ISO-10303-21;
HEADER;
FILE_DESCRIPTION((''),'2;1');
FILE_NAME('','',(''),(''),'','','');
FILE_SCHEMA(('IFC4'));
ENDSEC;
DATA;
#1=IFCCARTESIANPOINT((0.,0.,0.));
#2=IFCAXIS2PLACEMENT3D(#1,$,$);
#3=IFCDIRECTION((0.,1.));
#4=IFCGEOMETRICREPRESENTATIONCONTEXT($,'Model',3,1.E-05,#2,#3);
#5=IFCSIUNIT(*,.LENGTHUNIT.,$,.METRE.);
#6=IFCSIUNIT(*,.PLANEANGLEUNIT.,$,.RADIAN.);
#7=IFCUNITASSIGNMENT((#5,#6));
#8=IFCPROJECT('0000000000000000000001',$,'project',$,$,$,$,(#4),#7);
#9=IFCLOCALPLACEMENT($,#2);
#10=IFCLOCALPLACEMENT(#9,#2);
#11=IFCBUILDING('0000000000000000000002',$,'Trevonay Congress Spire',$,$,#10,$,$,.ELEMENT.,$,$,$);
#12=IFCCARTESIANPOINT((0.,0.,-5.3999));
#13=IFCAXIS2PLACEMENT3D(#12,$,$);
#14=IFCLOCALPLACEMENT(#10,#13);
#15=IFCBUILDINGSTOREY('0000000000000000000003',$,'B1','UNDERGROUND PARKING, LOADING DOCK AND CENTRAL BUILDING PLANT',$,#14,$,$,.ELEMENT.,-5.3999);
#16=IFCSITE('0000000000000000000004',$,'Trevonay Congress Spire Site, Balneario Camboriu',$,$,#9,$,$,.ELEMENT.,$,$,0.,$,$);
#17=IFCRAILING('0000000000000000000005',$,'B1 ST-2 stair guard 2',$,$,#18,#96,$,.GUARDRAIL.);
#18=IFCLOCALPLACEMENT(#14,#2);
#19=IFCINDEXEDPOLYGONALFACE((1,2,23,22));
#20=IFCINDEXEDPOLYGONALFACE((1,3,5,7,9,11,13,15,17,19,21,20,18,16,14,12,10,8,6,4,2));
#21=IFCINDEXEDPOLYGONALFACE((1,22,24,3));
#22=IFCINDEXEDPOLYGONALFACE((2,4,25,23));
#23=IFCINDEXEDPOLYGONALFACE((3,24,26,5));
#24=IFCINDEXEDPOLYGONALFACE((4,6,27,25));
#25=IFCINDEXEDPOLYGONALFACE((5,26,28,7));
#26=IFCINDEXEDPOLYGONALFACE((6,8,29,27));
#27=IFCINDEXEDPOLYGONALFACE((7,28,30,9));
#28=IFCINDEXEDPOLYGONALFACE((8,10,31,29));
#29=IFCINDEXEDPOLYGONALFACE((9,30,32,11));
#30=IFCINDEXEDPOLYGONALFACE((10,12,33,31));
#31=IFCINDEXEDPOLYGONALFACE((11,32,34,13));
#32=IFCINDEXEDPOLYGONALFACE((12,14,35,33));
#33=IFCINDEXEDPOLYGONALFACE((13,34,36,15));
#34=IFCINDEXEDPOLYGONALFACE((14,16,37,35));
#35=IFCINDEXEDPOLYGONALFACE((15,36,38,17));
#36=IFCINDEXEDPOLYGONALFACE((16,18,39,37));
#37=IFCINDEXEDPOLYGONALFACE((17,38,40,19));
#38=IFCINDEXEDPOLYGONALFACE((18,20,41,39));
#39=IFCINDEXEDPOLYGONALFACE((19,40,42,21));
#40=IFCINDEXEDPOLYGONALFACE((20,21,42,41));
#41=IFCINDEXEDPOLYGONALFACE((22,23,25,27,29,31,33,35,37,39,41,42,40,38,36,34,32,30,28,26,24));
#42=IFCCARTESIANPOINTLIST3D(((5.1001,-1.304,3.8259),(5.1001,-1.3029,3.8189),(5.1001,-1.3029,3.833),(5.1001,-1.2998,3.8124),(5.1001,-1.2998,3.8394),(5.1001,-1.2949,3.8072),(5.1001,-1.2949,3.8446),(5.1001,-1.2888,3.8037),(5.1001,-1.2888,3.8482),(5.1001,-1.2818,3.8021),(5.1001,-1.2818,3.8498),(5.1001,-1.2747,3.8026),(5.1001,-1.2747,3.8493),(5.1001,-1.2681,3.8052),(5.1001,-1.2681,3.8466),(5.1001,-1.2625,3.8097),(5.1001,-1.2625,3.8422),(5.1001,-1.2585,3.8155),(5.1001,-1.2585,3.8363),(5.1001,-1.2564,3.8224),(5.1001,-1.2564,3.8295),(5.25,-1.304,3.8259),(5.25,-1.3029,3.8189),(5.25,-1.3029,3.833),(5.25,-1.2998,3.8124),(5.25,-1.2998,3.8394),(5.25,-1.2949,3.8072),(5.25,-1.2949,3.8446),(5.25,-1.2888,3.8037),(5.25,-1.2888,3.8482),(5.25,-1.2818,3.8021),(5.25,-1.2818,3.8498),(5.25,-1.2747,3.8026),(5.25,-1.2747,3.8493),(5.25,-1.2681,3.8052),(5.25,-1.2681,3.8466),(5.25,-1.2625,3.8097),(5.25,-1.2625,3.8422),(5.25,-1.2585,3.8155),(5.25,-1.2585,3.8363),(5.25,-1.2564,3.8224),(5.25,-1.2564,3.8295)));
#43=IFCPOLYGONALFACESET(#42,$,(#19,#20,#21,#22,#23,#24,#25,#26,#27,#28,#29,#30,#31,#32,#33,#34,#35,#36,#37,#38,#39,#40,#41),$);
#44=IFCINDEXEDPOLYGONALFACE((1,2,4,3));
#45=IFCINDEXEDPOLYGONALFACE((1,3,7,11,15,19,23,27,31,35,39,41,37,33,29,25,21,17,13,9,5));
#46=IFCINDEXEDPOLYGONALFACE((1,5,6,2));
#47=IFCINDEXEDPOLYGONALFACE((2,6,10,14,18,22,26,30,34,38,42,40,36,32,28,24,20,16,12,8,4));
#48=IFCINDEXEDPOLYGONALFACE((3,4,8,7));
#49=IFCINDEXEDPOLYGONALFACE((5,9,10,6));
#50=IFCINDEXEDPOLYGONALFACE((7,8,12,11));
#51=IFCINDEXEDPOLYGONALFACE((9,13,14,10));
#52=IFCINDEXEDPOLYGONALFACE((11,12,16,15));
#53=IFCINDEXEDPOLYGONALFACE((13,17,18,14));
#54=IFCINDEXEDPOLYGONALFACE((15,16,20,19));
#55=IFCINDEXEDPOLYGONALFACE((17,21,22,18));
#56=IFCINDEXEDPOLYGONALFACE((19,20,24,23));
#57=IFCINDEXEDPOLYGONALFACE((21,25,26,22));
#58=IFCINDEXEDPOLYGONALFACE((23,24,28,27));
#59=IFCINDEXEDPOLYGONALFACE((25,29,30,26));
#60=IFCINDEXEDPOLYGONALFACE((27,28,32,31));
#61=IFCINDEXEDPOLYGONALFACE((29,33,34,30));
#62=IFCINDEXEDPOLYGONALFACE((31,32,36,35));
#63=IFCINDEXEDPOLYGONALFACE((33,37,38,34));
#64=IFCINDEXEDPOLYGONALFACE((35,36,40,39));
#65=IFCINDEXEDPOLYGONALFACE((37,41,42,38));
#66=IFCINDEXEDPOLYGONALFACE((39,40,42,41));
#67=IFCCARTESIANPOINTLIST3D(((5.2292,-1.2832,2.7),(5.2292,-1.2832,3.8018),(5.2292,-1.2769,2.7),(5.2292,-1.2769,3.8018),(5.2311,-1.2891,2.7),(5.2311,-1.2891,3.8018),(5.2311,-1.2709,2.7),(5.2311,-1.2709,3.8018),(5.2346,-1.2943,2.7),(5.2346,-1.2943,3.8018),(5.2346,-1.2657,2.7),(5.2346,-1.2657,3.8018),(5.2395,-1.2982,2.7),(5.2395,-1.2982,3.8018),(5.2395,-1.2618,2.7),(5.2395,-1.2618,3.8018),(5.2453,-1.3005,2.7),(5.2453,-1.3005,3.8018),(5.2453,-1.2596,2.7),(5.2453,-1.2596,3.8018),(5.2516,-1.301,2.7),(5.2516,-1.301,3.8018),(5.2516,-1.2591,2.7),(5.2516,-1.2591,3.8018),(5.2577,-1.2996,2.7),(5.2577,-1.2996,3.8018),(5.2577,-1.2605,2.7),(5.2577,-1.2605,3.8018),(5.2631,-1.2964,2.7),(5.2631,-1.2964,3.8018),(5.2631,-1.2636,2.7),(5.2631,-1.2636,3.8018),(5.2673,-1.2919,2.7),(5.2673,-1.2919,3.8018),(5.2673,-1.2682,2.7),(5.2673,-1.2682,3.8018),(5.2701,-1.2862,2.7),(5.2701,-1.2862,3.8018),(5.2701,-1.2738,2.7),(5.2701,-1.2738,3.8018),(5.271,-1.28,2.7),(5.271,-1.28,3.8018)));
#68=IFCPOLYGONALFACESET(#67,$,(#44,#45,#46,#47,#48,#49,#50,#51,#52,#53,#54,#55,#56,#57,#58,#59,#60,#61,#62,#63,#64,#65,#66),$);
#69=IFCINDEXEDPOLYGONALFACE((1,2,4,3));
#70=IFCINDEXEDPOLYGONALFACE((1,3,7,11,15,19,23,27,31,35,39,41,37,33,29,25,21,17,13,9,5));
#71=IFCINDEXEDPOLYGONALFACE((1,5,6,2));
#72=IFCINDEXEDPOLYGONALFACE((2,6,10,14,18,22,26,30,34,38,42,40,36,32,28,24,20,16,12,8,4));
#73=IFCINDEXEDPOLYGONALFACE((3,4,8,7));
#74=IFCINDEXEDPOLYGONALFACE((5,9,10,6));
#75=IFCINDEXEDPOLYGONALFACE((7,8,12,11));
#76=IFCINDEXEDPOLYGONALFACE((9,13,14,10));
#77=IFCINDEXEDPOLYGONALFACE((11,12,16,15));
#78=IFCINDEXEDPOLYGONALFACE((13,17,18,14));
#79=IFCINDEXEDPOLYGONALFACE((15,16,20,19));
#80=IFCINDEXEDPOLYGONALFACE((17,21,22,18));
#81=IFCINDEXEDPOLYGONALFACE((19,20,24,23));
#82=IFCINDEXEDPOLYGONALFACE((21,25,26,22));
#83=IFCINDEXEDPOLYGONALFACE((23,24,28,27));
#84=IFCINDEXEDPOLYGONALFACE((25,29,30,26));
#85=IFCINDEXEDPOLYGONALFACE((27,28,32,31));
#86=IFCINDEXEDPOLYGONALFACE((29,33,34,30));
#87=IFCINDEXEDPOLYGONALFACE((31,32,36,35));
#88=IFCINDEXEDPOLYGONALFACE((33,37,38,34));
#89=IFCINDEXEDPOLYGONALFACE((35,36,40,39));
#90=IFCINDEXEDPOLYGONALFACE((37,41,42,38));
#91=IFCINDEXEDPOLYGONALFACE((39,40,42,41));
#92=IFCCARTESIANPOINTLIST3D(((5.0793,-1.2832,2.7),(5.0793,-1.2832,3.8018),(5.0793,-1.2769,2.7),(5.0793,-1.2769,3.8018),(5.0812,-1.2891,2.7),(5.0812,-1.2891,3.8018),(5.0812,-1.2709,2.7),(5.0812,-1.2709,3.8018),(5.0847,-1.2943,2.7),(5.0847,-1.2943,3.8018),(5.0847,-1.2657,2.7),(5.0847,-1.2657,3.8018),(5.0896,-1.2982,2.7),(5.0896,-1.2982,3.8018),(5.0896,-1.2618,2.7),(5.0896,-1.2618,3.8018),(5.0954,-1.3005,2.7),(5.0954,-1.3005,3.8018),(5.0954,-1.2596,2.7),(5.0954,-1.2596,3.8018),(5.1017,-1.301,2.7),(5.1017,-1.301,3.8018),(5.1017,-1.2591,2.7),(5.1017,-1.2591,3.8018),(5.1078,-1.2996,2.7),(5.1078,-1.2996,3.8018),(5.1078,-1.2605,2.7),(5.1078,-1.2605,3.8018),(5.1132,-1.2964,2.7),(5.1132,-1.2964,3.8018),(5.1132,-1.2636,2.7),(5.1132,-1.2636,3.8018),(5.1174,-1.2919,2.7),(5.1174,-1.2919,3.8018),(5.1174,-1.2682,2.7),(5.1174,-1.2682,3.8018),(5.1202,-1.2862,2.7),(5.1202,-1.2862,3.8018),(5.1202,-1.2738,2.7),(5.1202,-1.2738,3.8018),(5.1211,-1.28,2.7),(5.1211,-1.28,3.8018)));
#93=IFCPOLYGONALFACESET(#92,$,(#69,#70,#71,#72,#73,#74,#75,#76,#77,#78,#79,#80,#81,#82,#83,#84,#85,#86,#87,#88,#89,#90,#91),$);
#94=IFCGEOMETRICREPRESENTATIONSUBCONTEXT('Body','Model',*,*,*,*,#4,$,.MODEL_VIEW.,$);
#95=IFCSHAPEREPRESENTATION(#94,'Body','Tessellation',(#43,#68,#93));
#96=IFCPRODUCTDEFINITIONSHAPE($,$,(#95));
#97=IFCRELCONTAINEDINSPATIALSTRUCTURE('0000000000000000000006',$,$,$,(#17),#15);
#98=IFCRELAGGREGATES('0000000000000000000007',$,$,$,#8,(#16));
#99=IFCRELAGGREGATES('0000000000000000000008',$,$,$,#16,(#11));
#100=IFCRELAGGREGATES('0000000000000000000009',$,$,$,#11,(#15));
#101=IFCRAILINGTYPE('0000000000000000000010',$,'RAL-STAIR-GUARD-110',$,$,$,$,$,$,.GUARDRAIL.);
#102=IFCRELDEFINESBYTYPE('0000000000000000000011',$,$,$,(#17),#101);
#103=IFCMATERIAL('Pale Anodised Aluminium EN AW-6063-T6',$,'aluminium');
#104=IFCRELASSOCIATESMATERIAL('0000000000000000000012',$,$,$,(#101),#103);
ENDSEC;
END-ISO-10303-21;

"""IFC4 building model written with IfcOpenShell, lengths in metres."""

from ifc_helpers import new_model, si_unit, direction, frame, origin, origin_2d, place, context, subcontext, project, spatial, circle, extrude, material, type_object, element, save


model = new_model("IFC4")

# Units and contexts
model_context = context("Model", 3, precision=1e-05, world=origin(), true_north=direction((0.0, 1.0)))
body_context = subcontext(model_context, "Body", "Model", "MODEL_VIEW")
ifc_project = project(units=[si_unit("LENGTHUNIT", "METRE"), si_unit("PLANEANGLEUNIT", "RADIAN")], contexts=[model_context])

# Site, building, storey
site_placement = place(None, origin())
site = spatial("IfcSite", under=ifc_project, at=site_placement, Name="Trevonay Congress Spire Site, Balneario Camboriu", CompositionType="ELEMENT", RefElevation=0.0)
building_placement = place(site_placement, origin())
building = spatial("IfcBuilding", under=site, at=building_placement, Name="Trevonay Congress Spire", CompositionType="ELEMENT")
storey_placement = place(building_placement, frame((0.0, 0.0, -5.3999)))
storey = spatial("IfcBuildingStorey", under=building, at=storey_placement, Name="B1", Description="UNDERGROUND PARKING, LOADING DOCK AND CENTRAL BUILDING PLANT", CompositionType="ELEMENT", Elevation=-5.3999)

# Railing
ifc_material_1 = material(Name="Pale Anodised Aluminium EN AW-6063-T6", Category="aluminium")
railing_type_1 = type_object("IfcRailingType", Name="RAL-STAIR-GUARD-110", PredefinedType="GUARDRAIL", material=ifc_material_1)
railing_1_placement = place(storey_placement, frame((5.25, -1.28, 2.7)))
element("IfcRailing", 1, at=railing_1_placement, inside=storey, type_object=railing_type_1, Name="B1 ST-2 stair guard 2", PredefinedType="GUARDRAIL", context=body_context, shape_type="SweptSolid", body=[
    extrude(circle(Radius=0.0239, at=origin_2d()), frame((0.0, 0.0, 1.126), z_axis=(-1.0, 0.0, 0.0), x_axis=(0.0, -1.0, 0.0)), (0.0, 0.0, 1.0), 0.1499),
    extrude(circle(Radius=0.021, at=origin_2d()), origin(), (0.0, 0.0, 1.0), 1.1018),
    extrude(circle(Radius=0.021, at=origin_2d()), frame((-0.1499, 0.0, 0.0)), (0.0, 0.0, 1.0), 1.1018),
])

save(model, "model.ifc")
